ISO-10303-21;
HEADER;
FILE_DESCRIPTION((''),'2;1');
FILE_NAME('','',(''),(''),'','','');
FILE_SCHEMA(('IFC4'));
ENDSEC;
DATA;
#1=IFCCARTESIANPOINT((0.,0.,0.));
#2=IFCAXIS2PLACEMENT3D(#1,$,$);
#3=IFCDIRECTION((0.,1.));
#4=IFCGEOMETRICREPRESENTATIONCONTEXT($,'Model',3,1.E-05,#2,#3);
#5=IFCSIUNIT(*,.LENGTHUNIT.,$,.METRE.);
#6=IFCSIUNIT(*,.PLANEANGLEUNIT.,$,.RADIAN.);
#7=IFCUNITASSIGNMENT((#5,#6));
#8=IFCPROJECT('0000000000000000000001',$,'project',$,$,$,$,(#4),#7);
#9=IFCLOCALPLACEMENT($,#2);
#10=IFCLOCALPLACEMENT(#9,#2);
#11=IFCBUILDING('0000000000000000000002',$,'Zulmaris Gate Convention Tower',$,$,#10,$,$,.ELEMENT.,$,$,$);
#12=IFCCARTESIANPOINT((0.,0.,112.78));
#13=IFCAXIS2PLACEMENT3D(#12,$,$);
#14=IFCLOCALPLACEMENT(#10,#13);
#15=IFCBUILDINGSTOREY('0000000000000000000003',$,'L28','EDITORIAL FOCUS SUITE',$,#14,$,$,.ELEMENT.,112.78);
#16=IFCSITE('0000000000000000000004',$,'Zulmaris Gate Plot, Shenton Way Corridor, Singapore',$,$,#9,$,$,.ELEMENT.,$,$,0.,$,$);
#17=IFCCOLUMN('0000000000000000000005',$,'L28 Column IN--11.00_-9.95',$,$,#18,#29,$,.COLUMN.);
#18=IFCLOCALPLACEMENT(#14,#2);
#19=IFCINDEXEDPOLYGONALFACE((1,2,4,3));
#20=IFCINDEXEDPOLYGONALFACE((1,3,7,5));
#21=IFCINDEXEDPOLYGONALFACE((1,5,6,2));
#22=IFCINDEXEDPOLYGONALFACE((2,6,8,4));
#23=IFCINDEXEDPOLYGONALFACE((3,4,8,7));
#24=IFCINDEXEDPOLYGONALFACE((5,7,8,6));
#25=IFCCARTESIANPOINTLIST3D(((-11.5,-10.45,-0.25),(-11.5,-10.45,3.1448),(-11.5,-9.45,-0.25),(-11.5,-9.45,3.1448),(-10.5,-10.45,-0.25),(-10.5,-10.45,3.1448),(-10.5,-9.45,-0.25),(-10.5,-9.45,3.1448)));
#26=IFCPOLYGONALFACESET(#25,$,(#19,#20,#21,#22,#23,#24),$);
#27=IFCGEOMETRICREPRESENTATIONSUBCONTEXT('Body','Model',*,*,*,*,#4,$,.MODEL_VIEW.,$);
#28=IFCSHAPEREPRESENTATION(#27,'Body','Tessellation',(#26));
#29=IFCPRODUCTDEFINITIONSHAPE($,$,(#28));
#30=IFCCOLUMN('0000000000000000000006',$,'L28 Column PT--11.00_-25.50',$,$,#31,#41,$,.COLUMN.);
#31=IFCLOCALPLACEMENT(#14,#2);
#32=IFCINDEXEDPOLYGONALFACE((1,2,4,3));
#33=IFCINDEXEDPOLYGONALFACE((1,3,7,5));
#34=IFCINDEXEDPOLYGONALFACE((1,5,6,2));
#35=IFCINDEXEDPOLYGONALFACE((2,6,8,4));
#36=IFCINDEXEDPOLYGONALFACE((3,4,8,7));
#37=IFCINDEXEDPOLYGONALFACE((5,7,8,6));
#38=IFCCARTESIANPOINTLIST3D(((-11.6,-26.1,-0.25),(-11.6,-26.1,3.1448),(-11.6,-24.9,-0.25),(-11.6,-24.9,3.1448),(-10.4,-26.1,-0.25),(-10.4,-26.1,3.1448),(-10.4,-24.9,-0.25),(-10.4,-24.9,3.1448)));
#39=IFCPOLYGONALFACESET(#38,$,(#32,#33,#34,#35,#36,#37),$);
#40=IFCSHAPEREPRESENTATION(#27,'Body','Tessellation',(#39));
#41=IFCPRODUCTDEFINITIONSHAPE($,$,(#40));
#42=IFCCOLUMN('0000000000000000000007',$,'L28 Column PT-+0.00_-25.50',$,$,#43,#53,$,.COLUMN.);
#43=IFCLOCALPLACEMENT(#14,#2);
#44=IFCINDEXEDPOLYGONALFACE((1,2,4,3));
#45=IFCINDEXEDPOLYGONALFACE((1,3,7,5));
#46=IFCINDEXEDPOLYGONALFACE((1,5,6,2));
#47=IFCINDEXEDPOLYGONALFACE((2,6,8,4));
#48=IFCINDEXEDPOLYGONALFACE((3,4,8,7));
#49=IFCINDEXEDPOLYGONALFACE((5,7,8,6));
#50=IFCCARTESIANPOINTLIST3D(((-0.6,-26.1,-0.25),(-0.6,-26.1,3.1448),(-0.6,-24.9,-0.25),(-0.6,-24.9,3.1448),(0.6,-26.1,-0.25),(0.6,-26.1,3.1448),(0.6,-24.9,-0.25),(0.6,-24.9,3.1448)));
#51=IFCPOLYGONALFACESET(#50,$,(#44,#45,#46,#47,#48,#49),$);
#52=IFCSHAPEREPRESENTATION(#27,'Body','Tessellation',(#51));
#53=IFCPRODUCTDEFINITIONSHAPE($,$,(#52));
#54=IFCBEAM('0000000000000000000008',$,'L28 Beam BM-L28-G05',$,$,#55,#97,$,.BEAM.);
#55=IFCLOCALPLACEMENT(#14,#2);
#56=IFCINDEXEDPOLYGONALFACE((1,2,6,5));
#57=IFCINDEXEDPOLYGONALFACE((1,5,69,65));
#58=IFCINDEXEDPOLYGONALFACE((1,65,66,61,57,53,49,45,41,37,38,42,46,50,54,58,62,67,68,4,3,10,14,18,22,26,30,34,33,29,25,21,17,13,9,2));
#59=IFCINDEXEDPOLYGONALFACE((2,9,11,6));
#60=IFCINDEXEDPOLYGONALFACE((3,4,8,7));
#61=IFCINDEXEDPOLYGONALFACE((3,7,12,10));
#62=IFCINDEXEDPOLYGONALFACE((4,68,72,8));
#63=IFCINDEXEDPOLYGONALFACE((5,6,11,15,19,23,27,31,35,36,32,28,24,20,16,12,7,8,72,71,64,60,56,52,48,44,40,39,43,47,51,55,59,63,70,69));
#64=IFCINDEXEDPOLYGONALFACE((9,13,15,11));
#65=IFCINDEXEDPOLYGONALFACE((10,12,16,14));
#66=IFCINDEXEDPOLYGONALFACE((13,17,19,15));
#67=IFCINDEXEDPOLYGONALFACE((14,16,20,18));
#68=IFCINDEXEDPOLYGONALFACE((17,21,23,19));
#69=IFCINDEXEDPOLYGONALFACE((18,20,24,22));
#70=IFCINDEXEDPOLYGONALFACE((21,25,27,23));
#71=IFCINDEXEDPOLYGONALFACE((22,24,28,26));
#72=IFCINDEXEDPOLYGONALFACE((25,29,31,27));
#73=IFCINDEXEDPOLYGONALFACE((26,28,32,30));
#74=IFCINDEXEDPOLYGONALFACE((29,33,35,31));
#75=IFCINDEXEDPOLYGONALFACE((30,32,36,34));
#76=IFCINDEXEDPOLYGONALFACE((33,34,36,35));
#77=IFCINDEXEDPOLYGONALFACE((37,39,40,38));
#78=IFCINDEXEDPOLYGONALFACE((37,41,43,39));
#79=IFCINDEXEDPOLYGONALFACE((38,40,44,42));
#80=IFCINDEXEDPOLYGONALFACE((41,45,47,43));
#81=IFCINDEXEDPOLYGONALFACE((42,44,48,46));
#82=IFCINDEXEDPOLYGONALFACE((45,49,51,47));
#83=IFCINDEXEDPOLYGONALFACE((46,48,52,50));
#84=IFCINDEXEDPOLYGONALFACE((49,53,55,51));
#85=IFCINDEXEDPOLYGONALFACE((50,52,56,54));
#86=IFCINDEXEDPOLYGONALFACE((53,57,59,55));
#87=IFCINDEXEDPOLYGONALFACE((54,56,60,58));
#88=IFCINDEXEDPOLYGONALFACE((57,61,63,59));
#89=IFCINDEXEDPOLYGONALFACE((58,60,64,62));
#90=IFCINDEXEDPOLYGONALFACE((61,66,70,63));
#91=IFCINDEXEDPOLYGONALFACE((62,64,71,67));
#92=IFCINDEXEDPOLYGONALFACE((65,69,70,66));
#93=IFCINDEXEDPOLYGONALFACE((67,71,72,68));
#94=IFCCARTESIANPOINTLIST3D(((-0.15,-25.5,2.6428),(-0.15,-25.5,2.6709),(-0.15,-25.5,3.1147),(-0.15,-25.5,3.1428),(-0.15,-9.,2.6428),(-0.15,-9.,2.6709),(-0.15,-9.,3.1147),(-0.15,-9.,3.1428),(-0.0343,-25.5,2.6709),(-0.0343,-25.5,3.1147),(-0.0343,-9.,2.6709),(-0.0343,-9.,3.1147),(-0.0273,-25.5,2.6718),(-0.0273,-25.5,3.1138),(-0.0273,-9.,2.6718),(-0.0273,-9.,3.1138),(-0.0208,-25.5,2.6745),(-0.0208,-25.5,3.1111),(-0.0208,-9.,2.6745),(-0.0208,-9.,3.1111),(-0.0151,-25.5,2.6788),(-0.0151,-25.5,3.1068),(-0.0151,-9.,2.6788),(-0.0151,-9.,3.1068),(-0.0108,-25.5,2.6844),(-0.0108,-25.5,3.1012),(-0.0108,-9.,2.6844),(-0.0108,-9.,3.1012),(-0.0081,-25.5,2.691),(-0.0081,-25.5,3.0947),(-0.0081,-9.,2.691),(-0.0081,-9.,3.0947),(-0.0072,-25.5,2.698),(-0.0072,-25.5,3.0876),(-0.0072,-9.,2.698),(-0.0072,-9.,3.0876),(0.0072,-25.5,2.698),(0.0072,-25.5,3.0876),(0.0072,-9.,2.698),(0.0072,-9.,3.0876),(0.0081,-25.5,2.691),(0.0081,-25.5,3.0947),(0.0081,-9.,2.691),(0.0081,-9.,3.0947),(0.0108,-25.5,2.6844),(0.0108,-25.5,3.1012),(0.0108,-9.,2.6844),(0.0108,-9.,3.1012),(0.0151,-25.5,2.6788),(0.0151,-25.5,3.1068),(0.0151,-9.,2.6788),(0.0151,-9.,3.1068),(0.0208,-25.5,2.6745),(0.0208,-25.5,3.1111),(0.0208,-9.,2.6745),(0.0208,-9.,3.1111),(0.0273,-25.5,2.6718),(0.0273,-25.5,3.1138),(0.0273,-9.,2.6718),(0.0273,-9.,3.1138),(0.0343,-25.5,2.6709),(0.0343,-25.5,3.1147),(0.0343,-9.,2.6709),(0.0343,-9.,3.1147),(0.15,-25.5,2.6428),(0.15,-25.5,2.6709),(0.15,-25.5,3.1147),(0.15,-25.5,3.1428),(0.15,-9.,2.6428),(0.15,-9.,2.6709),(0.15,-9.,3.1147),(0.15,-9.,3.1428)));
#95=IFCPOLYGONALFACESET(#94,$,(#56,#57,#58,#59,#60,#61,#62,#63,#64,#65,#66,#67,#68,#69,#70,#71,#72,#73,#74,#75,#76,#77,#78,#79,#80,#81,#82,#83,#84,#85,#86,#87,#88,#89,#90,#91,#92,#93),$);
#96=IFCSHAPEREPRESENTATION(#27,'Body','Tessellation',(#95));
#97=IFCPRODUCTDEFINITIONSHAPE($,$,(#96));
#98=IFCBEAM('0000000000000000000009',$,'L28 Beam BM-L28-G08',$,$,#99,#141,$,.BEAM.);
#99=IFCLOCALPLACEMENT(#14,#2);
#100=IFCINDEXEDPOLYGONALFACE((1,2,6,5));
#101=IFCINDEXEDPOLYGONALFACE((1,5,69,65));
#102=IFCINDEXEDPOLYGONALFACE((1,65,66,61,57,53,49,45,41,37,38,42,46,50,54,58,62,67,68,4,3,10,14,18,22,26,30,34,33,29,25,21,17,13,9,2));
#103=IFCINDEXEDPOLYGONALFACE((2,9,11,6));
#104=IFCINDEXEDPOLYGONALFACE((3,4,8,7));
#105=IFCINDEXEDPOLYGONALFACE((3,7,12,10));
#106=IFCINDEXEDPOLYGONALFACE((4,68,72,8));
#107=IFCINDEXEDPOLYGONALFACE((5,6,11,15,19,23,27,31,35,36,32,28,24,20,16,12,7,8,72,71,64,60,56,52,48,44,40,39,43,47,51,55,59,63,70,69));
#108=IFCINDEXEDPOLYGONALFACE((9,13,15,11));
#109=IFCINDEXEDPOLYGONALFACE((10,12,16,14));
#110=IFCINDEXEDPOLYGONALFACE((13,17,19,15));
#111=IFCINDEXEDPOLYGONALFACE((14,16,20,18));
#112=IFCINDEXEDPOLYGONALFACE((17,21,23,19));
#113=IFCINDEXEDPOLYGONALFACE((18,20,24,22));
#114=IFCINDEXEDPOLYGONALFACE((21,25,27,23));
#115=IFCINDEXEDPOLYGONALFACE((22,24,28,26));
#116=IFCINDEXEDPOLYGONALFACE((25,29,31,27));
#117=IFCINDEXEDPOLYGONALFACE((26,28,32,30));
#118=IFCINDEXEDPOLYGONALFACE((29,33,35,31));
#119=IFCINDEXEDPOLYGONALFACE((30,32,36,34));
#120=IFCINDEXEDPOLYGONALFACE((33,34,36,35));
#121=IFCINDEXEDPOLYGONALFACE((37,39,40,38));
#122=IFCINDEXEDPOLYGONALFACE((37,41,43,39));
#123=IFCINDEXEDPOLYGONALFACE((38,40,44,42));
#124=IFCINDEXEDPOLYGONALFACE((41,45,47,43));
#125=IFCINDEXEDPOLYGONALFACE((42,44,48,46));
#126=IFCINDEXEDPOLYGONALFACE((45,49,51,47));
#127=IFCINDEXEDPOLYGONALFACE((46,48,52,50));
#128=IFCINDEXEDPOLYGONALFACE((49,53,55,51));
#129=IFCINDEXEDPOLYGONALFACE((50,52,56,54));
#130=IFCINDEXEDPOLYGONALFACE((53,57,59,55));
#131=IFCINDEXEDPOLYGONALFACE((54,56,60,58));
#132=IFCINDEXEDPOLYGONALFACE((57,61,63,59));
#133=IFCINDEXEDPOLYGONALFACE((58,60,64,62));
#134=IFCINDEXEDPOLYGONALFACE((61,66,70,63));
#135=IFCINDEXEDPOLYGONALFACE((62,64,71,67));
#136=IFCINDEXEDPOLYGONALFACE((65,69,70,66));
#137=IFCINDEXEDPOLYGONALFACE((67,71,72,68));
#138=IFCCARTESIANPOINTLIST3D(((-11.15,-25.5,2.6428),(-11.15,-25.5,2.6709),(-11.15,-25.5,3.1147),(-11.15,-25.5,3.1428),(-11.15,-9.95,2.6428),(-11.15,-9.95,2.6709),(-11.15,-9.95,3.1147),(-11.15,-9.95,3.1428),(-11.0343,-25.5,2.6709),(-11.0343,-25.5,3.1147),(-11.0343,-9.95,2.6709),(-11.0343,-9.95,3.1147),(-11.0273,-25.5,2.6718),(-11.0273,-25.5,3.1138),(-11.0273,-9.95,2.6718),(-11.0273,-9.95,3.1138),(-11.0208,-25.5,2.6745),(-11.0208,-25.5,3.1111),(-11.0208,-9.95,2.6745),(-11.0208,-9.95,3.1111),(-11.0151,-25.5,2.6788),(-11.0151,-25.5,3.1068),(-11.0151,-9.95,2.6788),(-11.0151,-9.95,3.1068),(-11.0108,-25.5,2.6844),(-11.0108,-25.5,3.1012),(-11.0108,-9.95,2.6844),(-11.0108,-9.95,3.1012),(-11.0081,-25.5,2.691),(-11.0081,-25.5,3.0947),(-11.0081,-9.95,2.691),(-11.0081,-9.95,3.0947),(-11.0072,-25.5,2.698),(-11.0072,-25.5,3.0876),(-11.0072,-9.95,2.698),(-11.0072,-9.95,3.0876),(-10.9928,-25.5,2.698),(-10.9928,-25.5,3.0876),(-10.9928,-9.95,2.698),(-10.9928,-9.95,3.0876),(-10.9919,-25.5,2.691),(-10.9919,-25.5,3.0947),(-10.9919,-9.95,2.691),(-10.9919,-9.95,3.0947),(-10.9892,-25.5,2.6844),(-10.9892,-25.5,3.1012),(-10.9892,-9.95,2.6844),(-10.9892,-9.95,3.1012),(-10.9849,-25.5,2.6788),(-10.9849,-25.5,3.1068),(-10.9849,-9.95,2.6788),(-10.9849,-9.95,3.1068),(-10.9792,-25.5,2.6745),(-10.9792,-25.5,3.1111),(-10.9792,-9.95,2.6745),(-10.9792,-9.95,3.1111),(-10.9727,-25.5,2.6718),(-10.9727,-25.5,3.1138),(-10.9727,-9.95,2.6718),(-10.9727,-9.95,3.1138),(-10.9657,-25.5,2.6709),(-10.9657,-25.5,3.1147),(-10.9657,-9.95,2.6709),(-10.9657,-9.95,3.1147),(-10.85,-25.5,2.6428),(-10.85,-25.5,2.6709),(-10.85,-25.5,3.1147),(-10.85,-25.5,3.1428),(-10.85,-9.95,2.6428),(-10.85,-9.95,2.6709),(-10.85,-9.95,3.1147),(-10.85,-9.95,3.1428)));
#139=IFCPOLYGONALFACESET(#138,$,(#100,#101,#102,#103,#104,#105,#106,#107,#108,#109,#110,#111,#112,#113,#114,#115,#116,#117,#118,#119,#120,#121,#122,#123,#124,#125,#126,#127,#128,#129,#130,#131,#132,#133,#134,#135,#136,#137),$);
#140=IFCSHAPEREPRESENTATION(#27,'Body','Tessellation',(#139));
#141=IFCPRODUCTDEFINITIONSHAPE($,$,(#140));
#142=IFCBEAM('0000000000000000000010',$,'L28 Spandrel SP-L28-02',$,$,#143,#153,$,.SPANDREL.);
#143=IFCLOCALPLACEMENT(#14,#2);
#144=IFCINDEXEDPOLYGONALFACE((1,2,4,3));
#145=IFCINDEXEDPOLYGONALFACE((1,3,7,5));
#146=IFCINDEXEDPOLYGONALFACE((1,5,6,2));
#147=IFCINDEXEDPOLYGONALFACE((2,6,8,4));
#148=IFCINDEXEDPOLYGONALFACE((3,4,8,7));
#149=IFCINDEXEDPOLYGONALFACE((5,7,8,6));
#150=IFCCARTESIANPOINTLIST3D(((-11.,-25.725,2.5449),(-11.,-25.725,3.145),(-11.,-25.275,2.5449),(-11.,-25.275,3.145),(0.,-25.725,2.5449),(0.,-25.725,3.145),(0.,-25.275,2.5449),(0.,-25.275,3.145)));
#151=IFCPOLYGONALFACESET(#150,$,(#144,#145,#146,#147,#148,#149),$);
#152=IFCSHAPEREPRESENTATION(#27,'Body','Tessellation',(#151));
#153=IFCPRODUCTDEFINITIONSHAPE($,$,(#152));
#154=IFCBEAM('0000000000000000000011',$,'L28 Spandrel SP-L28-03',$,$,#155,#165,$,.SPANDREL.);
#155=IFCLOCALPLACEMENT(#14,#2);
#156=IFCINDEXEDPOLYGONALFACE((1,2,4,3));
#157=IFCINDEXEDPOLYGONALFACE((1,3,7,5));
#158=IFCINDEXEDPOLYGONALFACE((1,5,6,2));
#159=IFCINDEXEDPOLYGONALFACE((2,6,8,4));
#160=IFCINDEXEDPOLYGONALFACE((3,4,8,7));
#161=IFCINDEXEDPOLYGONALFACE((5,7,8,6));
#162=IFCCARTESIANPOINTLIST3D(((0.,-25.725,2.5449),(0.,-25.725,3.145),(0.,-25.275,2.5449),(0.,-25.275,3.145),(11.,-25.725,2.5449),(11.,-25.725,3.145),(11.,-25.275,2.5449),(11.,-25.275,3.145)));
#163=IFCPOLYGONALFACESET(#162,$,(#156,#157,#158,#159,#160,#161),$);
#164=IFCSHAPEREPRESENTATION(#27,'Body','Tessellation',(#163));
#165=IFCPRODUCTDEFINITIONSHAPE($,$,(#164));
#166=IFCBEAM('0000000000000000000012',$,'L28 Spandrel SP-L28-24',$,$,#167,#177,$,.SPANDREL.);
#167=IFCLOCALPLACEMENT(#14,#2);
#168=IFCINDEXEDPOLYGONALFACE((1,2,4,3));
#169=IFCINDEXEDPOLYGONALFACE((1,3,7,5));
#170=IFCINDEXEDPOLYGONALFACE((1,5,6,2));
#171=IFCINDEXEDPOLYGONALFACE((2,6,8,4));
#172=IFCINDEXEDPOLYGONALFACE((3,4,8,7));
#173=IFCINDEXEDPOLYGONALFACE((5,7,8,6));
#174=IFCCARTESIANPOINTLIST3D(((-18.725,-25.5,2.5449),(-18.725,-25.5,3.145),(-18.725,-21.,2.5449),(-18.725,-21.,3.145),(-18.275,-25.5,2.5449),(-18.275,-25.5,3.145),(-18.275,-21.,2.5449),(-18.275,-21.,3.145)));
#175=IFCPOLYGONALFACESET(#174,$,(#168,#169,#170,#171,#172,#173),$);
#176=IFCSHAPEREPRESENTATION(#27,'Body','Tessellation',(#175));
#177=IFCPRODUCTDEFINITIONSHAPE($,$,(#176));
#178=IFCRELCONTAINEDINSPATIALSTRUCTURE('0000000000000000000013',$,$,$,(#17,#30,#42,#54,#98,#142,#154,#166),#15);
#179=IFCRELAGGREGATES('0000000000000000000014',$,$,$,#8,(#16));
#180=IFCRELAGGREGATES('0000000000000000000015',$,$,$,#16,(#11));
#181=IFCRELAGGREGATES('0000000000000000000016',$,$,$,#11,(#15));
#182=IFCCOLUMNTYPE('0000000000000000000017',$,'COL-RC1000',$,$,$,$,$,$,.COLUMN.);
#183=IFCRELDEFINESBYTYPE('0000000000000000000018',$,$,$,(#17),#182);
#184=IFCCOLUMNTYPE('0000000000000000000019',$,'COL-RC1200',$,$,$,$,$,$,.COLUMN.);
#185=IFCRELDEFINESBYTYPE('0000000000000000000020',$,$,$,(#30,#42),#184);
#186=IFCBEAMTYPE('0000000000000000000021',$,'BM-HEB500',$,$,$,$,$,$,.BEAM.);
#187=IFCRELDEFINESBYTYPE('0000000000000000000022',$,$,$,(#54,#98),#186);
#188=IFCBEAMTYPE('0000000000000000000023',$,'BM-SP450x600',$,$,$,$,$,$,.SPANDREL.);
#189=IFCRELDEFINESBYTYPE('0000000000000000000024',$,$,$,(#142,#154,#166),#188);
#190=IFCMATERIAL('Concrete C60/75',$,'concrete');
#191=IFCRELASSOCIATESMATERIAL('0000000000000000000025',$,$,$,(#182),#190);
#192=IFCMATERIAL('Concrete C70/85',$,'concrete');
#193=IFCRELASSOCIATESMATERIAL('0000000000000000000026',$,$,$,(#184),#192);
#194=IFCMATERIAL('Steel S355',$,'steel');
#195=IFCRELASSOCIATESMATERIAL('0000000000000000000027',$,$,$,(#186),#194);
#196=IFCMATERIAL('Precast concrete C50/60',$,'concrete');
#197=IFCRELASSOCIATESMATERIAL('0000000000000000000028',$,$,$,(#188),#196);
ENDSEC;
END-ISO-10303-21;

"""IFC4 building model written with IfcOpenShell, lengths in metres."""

from ifc_helpers import new_model, si_unit, direction, frame, origin, origin_2d, place, context, subcontext, project, spatial, rectangle, i_section, extrude, material, material_profile, profile_set, type_object, element, save


model = new_model("IFC4")

# Units and contexts
model_context = context("Model", 3, precision=1e-05, world=origin(), true_north=direction((0.0, 1.0)))
body_context = subcontext(model_context, "Body", "Model", "MODEL_VIEW")
ifc_project = project(units=[si_unit("LENGTHUNIT", "METRE"), si_unit("PLANEANGLEUNIT", "RADIAN")], contexts=[model_context])

# Site, building, storey
site_placement = place(None, origin())
site = spatial("IfcSite", under=ifc_project, at=site_placement, Name="Zulmaris Gate Plot, Shenton Way Corridor, Singapore", CompositionType="ELEMENT", RefElevation=0.0)
building_placement = place(site_placement, origin())
building = spatial("IfcBuilding", under=site, at=building_placement, Name="Zulmaris Gate Convention Tower", CompositionType="ELEMENT")
storey_placement = place(building_placement, frame((0.0, 0.0, 112.78)))
storey = spatial("IfcBuildingStorey", under=building, at=storey_placement, Name="L28", Description="EDITORIAL FOCUS SUITE", CompositionType="ELEMENT", Elevation=112.78)

# Columns
ifc_material_1 = material(Name="Concrete C60/75", Category="concrete")
ifc_material_profile_1 = material_profile(ifc_material_1, rectangle(XDim=1.0, YDim=1.0, at=origin_2d()), Name="RC COL 1000x1000")
ifc_profile_set_1 = profile_set([ifc_material_profile_1], Name="Concrete C60/75")
column_type_1 = type_object("IfcColumnType", Name="COL-RC1000", PredefinedType="COLUMN", material=ifc_profile_set_1)
column_placement = place(storey_placement, frame((-11.0, -9.95, -0.25), z_axis=(0.0, 0.0, 1.0), x_axis=(1.0, 0.0, 0.0)))
element("IfcColumn", 1, at=column_placement, inside=storey, type_object=column_type_1, Name="L28 Column IN--11.00_-9.95", PredefinedType="COLUMN", context=body_context, shape_type="SweptSolid", body=[
    extrude(rectangle(XDim=1.0, YDim=1.0, at=origin_2d()), origin(), (0.0, 0.0, 1.0), 3.3948),
])
ifc_material_2 = material(Name="Concrete C70/85", Category="concrete")
ifc_material_profile_2 = material_profile(ifc_material_2, rectangle(XDim=1.2, YDim=1.2, at=origin_2d()), Name="RC COL 1200x1200")
ifc_profile_set_2 = profile_set([ifc_material_profile_2], Name="Concrete C70/85")
column_type_2 = type_object("IfcColumnType", Name="COL-RC1200", PredefinedType="COLUMN", material=ifc_profile_set_2)
for number, where, z_axis, x_axis, name in (
    (2, (-11.0, -25.5, -0.25), (0.0, 0.0, 1.0), (1.0, 0.0, 0.0), "L28 Column PT--11.00_-25.50"),
    (3, (0.0, -25.5, -0.25), (0.0, 0.0, 1.0), (1.0, 0.0, 0.0), "L28 Column PT-+0.00_-25.50"),
):
    element("IfcColumn", number, at=place(storey_placement, frame(where, z_axis=z_axis, x_axis=x_axis)), inside=storey, type_object=column_type_2, Name=name, PredefinedType="COLUMN", context=body_context, shape_type="SweptSolid", body=[
        extrude(rectangle(XDim=1.2, YDim=1.2, at=origin_2d()), origin(), (0.0, 0.0, 1.0), 3.3948),
    ])

# Beams
ifc_material_3 = material(Name="Steel S355", Category="steel")
ifc_material_profile_3 = material_profile(ifc_material_3, i_section(OverallWidth=0.3, OverallDepth=0.5, WebThickness=0.0144, FlangeThickness=0.0281, FilletRadius=0.0271, at=origin_2d()), Name="HEB 500")
ifc_profile_set_3 = profile_set([ifc_material_profile_3], Name="Steel S355")
beam_type_1 = type_object("IfcBeamType", Name="BM-HEB500", PredefinedType="BEAM", material=ifc_profile_set_3)
beam_1_placement = place(storey_placement, frame((0.0, -25.5, 2.8928), z_axis=(0.0, 1.0, 0.0), x_axis=(-1.0, 0.0, 0.0)))
element("IfcBeam", 4, at=beam_1_placement, inside=storey, type_object=beam_type_1, Name="L28 Beam BM-L28-G05", PredefinedType="BEAM", context=body_context, shape_type="SweptSolid", body=[
    extrude(i_section(OverallWidth=0.3, OverallDepth=0.5, WebThickness=0.0144, FlangeThickness=0.0281, FilletRadius=0.0271, at=origin_2d()), origin(), (0.0, 0.0, 1.0), 16.5),
])
beam_2_placement = place(storey_placement, frame((-11.0, -25.5, 2.8928), z_axis=(0.0, 1.0, 0.0), x_axis=(-1.0, 0.0, 0.0)))
element("IfcBeam", 5, at=beam_2_placement, inside=storey, type_object=beam_type_1, Name="L28 Beam BM-L28-G08", PredefinedType="BEAM", context=body_context, shape_type="SweptSolid", body=[
    extrude(i_section(OverallWidth=0.3, OverallDepth=0.5, WebThickness=0.0144, FlangeThickness=0.0281, FilletRadius=0.0271, at=origin_2d()), origin(), (0.0, 0.0, 1.0), 15.55),
])
ifc_material_4 = material(Name="Precast concrete C50/60", Category="concrete")
ifc_material_profile_4 = material_profile(ifc_material_4, rectangle(XDim=0.45, YDim=0.6001, at=origin_2d()), Name="RC SPANDREL 450x600")
ifc_profile_set_4 = profile_set([ifc_material_profile_4], Name="Precast concrete C50/60")
beam_type_2 = type_object("IfcBeamType", Name="BM-SP450x600", PredefinedType="SPANDREL", material=ifc_profile_set_4)
for number, where, z_axis, x_axis, name in (
    (6, (-11.0, -25.5, 2.845), (1.0, 0.0, 0.0), (0.0, 1.0, 0.0), "L28 Spandrel SP-L28-02"),
    (7, (0.0, -25.5, 2.845), (1.0, 0.0, 0.0), (0.0, 1.0, 0.0), "L28 Spandrel SP-L28-03"),
):
    element("IfcBeam", number, at=place(storey_placement, frame(where, z_axis=z_axis, x_axis=x_axis)), inside=storey, type_object=beam_type_2, Name=name, PredefinedType="SPANDREL", context=body_context, shape_type="SweptSolid", body=[
        extrude(rectangle(XDim=0.45, YDim=0.6001, at=origin_2d()), origin(), (0.0, 0.0, 1.0), 11.0),
    ])
beam_3_placement = place(storey_placement, frame((-18.5, -21.0, 2.845), z_axis=(0.0, -1.0, 0.0), x_axis=(1.0, 0.0, 0.0)))
element("IfcBeam", 8, at=beam_3_placement, inside=storey, type_object=beam_type_2, Name="L28 Spandrel SP-L28-24", PredefinedType="SPANDREL", context=body_context, shape_type="SweptSolid", body=[
    extrude(rectangle(XDim=0.45, YDim=0.6001, at=origin_2d()), origin(), (0.0, 0.0, 1.0), 4.5),
])

save(model, "model.ifc")
